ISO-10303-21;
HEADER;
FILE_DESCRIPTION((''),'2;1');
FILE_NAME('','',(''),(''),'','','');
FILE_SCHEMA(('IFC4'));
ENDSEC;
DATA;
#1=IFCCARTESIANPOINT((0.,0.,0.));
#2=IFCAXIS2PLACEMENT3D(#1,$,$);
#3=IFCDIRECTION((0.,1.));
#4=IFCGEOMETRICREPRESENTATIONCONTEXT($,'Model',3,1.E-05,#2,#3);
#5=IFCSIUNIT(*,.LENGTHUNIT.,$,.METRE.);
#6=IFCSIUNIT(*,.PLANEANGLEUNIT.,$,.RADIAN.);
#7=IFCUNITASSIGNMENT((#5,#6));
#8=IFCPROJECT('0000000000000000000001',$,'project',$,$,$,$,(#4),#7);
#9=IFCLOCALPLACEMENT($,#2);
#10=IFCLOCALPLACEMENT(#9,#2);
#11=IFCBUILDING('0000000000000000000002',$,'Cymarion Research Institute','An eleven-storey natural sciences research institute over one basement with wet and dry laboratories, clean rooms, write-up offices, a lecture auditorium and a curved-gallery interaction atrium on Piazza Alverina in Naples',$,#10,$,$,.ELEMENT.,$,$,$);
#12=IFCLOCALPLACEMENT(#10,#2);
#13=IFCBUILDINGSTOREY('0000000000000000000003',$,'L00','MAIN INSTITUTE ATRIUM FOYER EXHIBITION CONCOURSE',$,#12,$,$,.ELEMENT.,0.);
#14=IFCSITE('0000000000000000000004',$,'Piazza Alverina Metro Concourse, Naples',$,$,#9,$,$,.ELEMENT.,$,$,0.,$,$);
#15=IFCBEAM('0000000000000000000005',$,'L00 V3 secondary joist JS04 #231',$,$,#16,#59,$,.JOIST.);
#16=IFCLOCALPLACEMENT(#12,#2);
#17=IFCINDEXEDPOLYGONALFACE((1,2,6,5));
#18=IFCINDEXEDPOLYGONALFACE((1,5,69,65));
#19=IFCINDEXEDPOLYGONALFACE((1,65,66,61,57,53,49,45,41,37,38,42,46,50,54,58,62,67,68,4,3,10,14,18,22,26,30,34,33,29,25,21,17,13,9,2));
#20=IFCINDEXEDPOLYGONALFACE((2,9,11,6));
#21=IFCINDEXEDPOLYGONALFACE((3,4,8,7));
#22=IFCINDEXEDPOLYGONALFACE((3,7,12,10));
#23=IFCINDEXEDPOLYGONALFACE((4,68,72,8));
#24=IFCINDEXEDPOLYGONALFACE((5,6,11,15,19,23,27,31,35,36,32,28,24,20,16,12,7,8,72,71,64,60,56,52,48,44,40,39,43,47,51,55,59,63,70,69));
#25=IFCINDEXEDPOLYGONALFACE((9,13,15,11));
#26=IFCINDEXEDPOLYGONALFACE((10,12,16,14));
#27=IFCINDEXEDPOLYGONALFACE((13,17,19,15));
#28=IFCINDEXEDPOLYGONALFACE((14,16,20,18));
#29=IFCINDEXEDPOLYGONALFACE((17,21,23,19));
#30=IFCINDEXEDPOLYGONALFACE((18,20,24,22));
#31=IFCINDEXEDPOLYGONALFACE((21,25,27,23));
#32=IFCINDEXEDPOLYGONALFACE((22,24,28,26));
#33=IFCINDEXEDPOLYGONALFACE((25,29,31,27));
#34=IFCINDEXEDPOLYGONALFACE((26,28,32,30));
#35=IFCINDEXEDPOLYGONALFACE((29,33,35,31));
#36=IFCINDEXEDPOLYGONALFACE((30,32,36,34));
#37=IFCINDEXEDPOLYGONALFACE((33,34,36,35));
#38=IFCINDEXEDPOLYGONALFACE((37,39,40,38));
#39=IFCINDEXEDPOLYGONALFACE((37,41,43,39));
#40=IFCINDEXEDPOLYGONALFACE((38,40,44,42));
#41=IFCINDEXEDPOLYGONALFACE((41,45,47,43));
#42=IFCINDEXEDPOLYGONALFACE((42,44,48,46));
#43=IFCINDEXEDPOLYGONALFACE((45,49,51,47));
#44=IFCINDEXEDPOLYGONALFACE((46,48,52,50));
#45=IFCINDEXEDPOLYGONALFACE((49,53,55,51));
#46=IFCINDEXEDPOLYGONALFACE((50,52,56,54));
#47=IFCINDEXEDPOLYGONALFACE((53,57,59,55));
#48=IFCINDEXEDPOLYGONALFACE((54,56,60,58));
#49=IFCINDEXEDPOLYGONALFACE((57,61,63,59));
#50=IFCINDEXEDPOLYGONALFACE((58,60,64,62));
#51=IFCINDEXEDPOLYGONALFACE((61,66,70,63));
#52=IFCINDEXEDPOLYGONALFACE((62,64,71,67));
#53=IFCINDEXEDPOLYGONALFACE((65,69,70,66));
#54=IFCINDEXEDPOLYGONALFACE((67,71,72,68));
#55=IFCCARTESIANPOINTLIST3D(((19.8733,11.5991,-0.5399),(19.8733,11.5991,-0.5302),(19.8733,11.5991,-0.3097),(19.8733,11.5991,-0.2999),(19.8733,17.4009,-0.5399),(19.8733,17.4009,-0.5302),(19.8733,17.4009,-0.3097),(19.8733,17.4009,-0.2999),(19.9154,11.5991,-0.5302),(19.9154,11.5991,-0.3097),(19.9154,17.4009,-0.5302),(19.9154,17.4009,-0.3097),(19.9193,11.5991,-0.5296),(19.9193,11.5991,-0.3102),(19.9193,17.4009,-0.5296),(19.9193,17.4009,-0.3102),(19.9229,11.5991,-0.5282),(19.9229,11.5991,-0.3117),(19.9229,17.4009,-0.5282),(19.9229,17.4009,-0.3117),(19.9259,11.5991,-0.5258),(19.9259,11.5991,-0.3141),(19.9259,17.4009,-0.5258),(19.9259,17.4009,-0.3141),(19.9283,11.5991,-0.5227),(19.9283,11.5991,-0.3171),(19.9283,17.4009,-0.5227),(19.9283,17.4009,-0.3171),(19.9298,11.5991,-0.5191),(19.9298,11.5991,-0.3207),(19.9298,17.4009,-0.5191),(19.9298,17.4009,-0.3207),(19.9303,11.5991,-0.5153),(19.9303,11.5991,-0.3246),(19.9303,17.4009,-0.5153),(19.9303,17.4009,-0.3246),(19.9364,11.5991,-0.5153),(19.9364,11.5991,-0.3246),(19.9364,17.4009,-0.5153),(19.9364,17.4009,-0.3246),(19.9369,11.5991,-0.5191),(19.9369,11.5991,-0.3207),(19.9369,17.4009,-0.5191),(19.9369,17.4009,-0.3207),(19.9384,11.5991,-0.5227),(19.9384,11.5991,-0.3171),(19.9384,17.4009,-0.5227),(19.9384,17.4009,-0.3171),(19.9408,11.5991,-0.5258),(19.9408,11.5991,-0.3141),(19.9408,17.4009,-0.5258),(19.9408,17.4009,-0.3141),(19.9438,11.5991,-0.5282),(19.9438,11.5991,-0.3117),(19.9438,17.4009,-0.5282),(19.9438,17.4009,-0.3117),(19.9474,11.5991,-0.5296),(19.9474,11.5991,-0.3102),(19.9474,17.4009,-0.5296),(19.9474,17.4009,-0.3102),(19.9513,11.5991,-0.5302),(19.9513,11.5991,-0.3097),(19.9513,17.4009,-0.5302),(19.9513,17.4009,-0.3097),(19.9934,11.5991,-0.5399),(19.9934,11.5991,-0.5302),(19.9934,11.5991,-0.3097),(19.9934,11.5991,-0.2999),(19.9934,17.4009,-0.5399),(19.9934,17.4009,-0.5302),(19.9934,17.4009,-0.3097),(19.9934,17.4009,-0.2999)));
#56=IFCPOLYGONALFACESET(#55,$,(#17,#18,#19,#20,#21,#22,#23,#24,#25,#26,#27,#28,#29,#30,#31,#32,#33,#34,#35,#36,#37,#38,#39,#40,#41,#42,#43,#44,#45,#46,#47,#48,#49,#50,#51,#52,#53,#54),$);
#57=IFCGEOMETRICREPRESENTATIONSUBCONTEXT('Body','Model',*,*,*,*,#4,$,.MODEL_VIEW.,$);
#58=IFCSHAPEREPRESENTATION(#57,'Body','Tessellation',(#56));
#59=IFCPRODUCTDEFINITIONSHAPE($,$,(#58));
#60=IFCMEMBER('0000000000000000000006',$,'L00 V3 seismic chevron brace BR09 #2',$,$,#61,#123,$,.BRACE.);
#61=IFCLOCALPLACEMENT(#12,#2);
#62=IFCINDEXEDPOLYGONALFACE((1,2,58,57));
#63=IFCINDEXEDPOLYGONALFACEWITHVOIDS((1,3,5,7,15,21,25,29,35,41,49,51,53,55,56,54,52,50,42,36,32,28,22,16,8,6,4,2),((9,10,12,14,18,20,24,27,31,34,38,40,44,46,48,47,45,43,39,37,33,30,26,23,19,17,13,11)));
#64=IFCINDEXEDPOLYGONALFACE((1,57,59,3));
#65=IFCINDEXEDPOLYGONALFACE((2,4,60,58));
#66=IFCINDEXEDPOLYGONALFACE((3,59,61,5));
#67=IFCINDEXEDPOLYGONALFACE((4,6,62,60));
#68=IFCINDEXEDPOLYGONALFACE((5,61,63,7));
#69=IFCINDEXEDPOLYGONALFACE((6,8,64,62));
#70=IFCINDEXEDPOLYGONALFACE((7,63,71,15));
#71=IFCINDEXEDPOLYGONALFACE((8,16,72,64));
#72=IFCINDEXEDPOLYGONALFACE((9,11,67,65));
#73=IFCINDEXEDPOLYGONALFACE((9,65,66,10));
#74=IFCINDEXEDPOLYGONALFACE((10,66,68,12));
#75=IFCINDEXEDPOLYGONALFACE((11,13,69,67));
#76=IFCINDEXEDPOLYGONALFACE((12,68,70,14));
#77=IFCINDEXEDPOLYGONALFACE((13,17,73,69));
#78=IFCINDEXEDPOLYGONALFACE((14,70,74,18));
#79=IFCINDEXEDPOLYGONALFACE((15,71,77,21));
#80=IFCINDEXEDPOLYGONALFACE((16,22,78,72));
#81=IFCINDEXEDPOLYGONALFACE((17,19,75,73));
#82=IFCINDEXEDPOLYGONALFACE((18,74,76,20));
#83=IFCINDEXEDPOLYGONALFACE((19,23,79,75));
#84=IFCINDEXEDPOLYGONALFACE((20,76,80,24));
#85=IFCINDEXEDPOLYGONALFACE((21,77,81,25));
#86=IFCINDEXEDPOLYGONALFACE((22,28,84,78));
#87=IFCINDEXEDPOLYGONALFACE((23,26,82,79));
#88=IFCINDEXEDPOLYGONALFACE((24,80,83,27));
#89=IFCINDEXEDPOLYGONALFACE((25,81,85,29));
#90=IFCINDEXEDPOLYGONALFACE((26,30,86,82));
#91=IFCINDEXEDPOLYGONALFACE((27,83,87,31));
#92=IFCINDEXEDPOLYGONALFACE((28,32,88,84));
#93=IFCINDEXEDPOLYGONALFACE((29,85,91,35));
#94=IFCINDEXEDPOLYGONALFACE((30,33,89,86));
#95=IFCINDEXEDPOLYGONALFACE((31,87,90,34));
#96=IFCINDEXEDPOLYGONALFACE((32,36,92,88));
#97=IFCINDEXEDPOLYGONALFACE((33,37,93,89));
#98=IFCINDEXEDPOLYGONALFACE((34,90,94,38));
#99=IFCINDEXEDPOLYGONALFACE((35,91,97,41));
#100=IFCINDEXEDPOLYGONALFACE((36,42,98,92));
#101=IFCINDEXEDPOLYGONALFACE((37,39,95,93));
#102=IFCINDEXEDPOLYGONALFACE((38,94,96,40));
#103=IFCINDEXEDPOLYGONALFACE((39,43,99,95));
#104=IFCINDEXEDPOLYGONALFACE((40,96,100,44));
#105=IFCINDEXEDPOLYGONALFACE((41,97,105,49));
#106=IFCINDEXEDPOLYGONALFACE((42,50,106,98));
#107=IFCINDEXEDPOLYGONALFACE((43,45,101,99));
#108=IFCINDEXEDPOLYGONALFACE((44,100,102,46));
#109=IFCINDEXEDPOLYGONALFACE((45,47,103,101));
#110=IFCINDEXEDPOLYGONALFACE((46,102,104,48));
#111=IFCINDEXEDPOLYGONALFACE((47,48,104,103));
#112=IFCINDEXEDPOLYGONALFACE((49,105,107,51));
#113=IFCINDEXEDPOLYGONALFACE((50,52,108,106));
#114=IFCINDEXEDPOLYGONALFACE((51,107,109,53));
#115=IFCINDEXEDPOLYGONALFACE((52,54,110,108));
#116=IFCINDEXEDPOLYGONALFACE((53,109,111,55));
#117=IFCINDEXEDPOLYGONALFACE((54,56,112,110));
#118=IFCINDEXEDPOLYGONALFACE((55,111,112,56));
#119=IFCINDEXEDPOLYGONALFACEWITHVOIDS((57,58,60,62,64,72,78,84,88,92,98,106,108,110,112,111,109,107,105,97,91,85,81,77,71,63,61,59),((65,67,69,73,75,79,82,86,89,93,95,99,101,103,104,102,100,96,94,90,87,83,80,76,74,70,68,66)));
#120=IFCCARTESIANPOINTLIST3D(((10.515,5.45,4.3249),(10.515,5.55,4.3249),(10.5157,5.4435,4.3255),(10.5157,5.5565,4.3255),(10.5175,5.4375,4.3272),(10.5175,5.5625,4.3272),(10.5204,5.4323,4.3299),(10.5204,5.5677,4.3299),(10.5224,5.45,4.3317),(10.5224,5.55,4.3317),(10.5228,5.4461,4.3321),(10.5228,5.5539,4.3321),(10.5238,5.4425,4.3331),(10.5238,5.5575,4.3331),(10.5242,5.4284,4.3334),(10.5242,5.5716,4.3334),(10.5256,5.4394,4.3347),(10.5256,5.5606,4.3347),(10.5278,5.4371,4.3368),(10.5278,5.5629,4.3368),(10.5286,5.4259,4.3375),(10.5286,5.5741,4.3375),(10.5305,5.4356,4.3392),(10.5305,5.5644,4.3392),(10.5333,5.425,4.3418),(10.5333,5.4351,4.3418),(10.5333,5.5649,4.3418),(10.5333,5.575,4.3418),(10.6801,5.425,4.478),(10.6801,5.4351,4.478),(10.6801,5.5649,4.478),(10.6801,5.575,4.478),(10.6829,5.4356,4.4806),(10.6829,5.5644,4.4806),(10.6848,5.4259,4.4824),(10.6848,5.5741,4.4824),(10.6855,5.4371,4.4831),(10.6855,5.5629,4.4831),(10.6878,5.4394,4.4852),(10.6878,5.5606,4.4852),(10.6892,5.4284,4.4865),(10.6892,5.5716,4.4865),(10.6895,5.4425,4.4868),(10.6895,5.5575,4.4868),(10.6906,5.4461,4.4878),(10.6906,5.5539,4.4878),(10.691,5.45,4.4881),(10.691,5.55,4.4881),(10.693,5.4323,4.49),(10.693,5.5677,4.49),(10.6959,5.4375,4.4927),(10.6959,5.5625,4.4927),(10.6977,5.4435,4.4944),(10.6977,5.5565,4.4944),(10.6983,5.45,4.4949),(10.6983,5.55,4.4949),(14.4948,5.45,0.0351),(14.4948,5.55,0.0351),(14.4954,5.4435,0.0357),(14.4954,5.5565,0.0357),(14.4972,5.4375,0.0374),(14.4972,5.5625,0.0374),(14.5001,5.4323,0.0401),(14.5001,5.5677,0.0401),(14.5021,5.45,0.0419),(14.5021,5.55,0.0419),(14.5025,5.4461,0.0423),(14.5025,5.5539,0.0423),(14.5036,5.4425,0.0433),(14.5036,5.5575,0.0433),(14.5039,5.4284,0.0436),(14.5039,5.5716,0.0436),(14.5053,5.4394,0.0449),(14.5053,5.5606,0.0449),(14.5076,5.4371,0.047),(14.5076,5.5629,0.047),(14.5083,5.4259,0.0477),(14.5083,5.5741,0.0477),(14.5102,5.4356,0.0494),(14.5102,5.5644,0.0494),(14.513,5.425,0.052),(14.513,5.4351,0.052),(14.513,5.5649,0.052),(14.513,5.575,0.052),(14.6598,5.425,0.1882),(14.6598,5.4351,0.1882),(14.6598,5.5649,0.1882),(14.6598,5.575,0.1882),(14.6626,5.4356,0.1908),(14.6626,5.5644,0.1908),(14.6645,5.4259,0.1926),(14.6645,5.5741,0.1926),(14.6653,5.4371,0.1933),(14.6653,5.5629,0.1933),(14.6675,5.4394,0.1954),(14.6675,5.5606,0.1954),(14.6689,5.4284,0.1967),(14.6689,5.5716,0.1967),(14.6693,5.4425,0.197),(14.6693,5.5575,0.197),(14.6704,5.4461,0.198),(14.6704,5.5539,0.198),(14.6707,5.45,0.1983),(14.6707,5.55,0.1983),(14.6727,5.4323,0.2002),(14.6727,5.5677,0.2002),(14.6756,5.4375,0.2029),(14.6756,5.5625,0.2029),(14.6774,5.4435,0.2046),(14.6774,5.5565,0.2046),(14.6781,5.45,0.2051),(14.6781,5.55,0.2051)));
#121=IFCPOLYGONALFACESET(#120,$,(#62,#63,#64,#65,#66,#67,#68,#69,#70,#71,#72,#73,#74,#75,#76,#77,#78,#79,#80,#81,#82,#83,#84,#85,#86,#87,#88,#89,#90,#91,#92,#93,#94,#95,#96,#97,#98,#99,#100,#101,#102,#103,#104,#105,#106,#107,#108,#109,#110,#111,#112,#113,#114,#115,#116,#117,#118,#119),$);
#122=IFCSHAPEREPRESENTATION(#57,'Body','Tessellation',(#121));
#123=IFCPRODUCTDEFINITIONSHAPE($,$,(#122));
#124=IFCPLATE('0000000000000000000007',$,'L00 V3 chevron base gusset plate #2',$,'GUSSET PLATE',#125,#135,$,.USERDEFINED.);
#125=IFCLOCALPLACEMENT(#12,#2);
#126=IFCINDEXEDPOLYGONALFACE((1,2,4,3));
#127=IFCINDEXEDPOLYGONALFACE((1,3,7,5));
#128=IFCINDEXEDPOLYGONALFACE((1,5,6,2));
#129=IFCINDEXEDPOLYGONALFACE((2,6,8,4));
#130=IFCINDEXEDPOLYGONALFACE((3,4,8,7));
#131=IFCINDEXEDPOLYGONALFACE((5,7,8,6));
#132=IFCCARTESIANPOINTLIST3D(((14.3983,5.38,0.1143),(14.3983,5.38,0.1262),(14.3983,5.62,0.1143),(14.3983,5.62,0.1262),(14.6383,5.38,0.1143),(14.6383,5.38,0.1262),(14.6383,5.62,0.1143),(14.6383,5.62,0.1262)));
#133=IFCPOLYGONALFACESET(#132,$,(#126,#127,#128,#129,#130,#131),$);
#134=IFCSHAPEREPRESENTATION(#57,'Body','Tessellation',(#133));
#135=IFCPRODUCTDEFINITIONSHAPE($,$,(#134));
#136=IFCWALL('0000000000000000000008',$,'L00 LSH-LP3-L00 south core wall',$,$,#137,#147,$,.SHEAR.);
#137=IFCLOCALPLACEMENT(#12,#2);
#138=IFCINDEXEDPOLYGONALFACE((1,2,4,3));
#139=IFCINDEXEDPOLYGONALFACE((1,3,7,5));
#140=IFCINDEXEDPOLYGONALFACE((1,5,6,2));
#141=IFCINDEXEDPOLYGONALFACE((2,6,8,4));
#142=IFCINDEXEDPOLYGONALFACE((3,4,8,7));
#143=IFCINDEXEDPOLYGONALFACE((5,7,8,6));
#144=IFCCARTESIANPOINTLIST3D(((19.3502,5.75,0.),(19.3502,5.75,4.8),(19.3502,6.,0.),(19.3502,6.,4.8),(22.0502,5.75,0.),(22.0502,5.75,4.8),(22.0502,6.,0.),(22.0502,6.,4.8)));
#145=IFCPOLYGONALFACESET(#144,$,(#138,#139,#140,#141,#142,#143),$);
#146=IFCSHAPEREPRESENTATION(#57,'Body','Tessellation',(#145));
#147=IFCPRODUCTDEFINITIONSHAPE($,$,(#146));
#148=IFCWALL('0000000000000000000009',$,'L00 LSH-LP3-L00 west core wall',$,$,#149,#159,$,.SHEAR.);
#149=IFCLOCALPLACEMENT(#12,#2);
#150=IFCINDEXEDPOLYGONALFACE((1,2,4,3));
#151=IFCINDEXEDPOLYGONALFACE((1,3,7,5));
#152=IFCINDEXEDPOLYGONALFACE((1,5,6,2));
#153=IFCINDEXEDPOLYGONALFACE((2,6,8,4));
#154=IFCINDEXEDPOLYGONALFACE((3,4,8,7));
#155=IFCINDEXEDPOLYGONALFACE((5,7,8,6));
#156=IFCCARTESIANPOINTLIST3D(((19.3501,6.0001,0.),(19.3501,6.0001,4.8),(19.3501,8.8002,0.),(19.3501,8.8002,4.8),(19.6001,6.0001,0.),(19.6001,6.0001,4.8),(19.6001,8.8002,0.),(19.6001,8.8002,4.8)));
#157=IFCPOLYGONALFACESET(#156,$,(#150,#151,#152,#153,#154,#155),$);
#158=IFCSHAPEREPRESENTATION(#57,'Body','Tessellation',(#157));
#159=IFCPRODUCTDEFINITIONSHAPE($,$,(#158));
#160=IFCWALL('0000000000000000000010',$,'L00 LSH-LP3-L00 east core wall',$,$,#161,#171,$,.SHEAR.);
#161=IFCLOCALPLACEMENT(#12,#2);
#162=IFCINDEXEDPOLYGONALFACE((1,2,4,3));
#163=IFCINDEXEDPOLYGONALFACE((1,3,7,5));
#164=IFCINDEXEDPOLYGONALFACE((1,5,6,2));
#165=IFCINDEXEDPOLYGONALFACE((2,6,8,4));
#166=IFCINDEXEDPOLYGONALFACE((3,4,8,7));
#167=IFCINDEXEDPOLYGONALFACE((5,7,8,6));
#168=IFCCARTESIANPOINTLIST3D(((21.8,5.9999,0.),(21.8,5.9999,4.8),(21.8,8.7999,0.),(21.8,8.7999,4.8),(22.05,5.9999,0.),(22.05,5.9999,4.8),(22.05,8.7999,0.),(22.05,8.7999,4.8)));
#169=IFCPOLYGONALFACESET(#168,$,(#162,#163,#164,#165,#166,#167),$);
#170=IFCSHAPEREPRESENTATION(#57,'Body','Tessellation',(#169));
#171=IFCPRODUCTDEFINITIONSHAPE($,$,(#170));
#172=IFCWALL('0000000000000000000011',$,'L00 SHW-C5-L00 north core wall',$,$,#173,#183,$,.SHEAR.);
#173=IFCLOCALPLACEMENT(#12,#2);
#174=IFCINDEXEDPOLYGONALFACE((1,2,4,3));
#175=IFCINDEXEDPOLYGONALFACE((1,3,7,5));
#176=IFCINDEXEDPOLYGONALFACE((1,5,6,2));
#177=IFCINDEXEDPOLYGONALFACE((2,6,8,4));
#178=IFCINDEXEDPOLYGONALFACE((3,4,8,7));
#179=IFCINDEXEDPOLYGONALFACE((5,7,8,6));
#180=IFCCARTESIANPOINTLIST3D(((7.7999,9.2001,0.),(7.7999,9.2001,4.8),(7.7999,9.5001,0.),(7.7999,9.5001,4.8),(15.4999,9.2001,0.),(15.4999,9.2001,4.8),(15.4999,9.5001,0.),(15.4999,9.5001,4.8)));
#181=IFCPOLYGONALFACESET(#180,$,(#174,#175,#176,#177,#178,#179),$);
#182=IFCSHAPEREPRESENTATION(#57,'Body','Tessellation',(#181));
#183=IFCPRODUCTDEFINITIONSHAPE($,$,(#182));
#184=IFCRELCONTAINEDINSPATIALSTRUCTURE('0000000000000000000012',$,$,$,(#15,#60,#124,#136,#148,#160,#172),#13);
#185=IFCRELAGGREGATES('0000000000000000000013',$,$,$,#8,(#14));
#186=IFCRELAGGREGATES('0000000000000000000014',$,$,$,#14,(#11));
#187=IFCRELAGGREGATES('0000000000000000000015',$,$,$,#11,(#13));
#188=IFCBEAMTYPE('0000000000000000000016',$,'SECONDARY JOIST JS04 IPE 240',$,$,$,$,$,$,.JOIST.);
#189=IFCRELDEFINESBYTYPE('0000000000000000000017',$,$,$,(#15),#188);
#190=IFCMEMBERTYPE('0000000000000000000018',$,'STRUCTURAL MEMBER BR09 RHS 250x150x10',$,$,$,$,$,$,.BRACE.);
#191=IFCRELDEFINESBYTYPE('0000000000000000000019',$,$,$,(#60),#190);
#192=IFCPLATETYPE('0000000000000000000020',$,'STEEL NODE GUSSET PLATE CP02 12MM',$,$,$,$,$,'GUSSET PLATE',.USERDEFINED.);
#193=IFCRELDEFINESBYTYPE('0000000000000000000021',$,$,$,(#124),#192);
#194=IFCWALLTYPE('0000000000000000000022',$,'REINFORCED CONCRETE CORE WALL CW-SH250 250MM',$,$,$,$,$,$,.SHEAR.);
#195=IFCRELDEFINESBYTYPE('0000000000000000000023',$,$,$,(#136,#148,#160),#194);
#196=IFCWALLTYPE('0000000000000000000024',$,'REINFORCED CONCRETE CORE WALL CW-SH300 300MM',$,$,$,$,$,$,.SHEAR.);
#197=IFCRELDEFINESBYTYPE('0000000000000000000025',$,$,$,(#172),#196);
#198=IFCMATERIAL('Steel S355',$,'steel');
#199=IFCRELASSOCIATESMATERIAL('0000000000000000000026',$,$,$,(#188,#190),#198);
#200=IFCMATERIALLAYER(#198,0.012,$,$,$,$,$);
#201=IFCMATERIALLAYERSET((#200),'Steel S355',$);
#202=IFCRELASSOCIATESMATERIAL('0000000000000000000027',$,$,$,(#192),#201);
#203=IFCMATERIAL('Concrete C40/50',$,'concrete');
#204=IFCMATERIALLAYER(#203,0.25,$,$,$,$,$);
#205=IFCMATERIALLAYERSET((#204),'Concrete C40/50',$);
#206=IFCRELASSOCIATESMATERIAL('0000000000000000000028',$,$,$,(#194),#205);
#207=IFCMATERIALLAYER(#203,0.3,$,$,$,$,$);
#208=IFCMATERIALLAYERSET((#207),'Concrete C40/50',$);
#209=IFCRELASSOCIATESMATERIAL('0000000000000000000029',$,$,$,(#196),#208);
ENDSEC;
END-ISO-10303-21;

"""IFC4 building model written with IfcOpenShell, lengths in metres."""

from ifc_helpers import new_model, si_unit, direction, frame, frame_2d, origin, origin_2d, place, context, subcontext, project, spatial, rectangle, hollow_rectangle, i_section, extrude, material, layer, layer_set, material_profile, profile_set, type_object, element, save


model = new_model("IFC4")

# Units and contexts
model_context = context("Model", 3, precision=1e-05, world=origin(), true_north=direction((0.0, 1.0)))
body_context = subcontext(model_context, "Body", "Model", "MODEL_VIEW")
ifc_project = project(units=[si_unit("LENGTHUNIT", "METRE"), si_unit("PLANEANGLEUNIT", "RADIAN")], contexts=[model_context])

# Site, building, storey
site_placement = place(None, origin())
site = spatial("IfcSite", under=ifc_project, at=site_placement, Name="Piazza Alverina Metro Concourse, Naples", CompositionType="ELEMENT", RefElevation=0.0)
building_placement = place(site_placement, origin())
building = spatial("IfcBuilding", under=site, at=building_placement, Name="Cymarion Research Institute", Description="An eleven-storey natural sciences research institute over one basement with wet and dry laboratories, clean rooms, write-up offices, a lecture auditorium and a curved-gallery interaction atrium on Piazza Alverina in Naples", CompositionType="ELEMENT")
storey_placement = place(building_placement, origin())
storey = spatial("IfcBuildingStorey", under=building, at=storey_placement, Name="L00", Description="MAIN INSTITUTE ATRIUM FOYER EXHIBITION CONCOURSE", CompositionType="ELEMENT", Elevation=0.0)

# Shared definitions
ifc_material_1 = material(Name="Concrete C40/50", Category="concrete")
ifc_material_2 = material(Name="Steel S355", Category="steel")

# Beam
ifc_material_profile_1 = material_profile(ifc_material_2, i_section(OverallWidth=0.1201, OverallDepth=0.24, WebThickness=0.0061, FlangeThickness=0.0098, FilletRadius=0.0149, at=origin_2d()), Name="IPE 240")
ifc_profile_set_1 = profile_set([ifc_material_profile_1], Name="Steel S355")
beam_type_1 = type_object("IfcBeamType", Name="SECONDARY JOIST JS04 IPE 240", PredefinedType="JOIST", material=ifc_profile_set_1)
for number, where, z_axis, x_axis, name in (
    (1, (19.9333, 11.5991, -0.4199), (0.0, 1.0, 0.0), (-1.0, 0.0, 0.0), "L00 V3 secondary joist JS04 #231"),
):
    element("IfcBeam", number, at=place(storey_placement, frame(where, z_axis=z_axis, x_axis=x_axis)), inside=storey, type_object=beam_type_1, Name=name, PredefinedType="JOIST", context=body_context, shape_type="SweptSolid", body=[
        extrude(i_section(OverallWidth=0.1201, OverallDepth=0.24, WebThickness=0.0061, FlangeThickness=0.0098, FilletRadius=0.0149, at=origin_2d()), origin(), (0.0, 0.0, 1.0), 5.8018),
    ])

# Member
ifc_material_profile_2 = material_profile(ifc_material_2, hollow_rectangle(XDim=0.1499, YDim=0.25, WallThickness=0.01, InnerFilletRadius=0.0149, OuterFilletRadius=0.0249, at=origin_2d()), Name="RHS 250x150x10")
ifc_profile_set_2 = profile_set([ifc_material_profile_2], Name="Steel S355")
member_type = type_object("IfcMemberType", Name="STRUCTURAL MEMBER BR09 RHS 250x150x10", PredefinedType="BRACE", material=ifc_profile_set_2)
member_placement = place(storey_placement, frame((14.5864, 5.5, 0.1201), z_axis=(-0.680117, 0.0, 0.733104), x_axis=(0.0, -1.0, 0.0)))
element("IfcMember", 2, at=member_placement, inside=storey, type_object=member_type, Name="L00 V3 seismic chevron brace BR09 #2", PredefinedType="BRACE", context=body_context, shape_type="SweptSolid", body=[
    extrude(hollow_rectangle(XDim=0.1499, YDim=0.25, WallThickness=0.01, InnerFilletRadius=0.0149, OuterFilletRadius=0.0249, at=origin_2d()), origin(), (0.0, 0.0, 1.0), 5.8516),
])

# Plate
ifc_layer_1 = layer(ifc_material_2, 0.012)
ifc_layer_set_1 = layer_set([ifc_layer_1], Name="Steel S355")
plate_type = type_object("IfcPlateType", Name="STEEL NODE GUSSET PLATE CP02 12MM", ElementType="GUSSET PLATE", PredefinedType="USERDEFINED", material=ifc_layer_set_1)
plate_placement = place(storey_placement, frame((14.5183, 5.5, 0.1143), z_axis=(0.0, 0.0, 1.0), x_axis=(1.0, 0.0, 0.0)))
element("IfcPlate", 3, at=plate_placement, inside=storey, type_object=plate_type, Name="L00 V3 chevron base gusset plate #2", ObjectType="GUSSET PLATE", PredefinedType="USERDEFINED", context=body_context, shape_type="SweptSolid", body=[
    extrude(rectangle(XDim=0.24, YDim=0.24, at=origin_2d()), origin(), (0.0, 0.0, 1.0), 0.012),
])

# Wall
ifc_layer_2 = layer(ifc_material_1, 0.25)
ifc_layer_set_2 = layer_set([ifc_layer_2], Name="Concrete C40/50")
wall_type_1 = type_object("IfcWallType", Name="REINFORCED CONCRETE CORE WALL CW-SH250 250MM", PredefinedType="SHEAR", material=ifc_layer_set_2)
wall_1_placement = place(storey_placement, frame((19.3501, 5.875, 0.0), z_axis=(0.0, 0.0, 1.0), x_axis=(1.0, 0.0, 0.0)))
element("IfcWall", 4, at=wall_1_placement, inside=storey, type_object=wall_type_1, Name="L00 LSH-LP3-L00 south core wall", PredefinedType="SHEAR", context=body_context, shape_type="SweptSolid", body=[
    extrude(rectangle(XDim=2.7, YDim=0.25, at=frame_2d((1.3501, 0.0))), origin(), (0.0, 0.0, 1.0), 4.8),
])

# Walls
for number, where, z_axis, x_axis, name in (
    (5, (19.4751, 8.8, 0.0), (0.0, 0.0, 1.0), (0.0, -1.0, 0.0), "L00 LSH-LP3-L00 west core wall"),
    (6, (21.925, 6.0, 0.0), (0.0, 0.0, 1.0), (0.0, 1.0, 0.0), "L00 LSH-LP3-L00 east core wall"),
):
    element("IfcWall", number, at=place(storey_placement, frame(where, z_axis=z_axis, x_axis=x_axis)), inside=storey, type_object=wall_type_1, Name=name, PredefinedType="SHEAR", context=body_context, shape_type="SweptSolid", body=[
        extrude(rectangle(XDim=2.8, YDim=0.25, at=frame_2d((1.3999, 0.0))), origin(), (0.0, 0.0, 1.0), 4.8),
    ])
ifc_layer_3 = layer(ifc_material_1, 0.3)
ifc_layer_set_3 = layer_set([ifc_layer_3], Name="Concrete C40/50")
wall_type_2 = type_object("IfcWallType", Name="REINFORCED CONCRETE CORE WALL CW-SH300 300MM", PredefinedType="SHEAR", material=ifc_layer_set_3)
wall_2_placement = place(storey_placement, frame((15.5, 9.3501, 0.0), z_axis=(0.0, 0.0, 1.0), x_axis=(-1.0, 0.0, 0.0)))
element("IfcWall", 7, at=wall_2_placement, inside=storey, type_object=wall_type_2, Name="L00 SHW-C5-L00 north core wall", PredefinedType="SHEAR", context=body_context, shape_type="SweptSolid", body=[
    extrude(rectangle(XDim=7.7, YDim=0.3, at=frame_2d((3.8501, 0.0))), origin(), (0.0, 0.0, 1.0), 4.8),
])

save(model, "model.ifc")
